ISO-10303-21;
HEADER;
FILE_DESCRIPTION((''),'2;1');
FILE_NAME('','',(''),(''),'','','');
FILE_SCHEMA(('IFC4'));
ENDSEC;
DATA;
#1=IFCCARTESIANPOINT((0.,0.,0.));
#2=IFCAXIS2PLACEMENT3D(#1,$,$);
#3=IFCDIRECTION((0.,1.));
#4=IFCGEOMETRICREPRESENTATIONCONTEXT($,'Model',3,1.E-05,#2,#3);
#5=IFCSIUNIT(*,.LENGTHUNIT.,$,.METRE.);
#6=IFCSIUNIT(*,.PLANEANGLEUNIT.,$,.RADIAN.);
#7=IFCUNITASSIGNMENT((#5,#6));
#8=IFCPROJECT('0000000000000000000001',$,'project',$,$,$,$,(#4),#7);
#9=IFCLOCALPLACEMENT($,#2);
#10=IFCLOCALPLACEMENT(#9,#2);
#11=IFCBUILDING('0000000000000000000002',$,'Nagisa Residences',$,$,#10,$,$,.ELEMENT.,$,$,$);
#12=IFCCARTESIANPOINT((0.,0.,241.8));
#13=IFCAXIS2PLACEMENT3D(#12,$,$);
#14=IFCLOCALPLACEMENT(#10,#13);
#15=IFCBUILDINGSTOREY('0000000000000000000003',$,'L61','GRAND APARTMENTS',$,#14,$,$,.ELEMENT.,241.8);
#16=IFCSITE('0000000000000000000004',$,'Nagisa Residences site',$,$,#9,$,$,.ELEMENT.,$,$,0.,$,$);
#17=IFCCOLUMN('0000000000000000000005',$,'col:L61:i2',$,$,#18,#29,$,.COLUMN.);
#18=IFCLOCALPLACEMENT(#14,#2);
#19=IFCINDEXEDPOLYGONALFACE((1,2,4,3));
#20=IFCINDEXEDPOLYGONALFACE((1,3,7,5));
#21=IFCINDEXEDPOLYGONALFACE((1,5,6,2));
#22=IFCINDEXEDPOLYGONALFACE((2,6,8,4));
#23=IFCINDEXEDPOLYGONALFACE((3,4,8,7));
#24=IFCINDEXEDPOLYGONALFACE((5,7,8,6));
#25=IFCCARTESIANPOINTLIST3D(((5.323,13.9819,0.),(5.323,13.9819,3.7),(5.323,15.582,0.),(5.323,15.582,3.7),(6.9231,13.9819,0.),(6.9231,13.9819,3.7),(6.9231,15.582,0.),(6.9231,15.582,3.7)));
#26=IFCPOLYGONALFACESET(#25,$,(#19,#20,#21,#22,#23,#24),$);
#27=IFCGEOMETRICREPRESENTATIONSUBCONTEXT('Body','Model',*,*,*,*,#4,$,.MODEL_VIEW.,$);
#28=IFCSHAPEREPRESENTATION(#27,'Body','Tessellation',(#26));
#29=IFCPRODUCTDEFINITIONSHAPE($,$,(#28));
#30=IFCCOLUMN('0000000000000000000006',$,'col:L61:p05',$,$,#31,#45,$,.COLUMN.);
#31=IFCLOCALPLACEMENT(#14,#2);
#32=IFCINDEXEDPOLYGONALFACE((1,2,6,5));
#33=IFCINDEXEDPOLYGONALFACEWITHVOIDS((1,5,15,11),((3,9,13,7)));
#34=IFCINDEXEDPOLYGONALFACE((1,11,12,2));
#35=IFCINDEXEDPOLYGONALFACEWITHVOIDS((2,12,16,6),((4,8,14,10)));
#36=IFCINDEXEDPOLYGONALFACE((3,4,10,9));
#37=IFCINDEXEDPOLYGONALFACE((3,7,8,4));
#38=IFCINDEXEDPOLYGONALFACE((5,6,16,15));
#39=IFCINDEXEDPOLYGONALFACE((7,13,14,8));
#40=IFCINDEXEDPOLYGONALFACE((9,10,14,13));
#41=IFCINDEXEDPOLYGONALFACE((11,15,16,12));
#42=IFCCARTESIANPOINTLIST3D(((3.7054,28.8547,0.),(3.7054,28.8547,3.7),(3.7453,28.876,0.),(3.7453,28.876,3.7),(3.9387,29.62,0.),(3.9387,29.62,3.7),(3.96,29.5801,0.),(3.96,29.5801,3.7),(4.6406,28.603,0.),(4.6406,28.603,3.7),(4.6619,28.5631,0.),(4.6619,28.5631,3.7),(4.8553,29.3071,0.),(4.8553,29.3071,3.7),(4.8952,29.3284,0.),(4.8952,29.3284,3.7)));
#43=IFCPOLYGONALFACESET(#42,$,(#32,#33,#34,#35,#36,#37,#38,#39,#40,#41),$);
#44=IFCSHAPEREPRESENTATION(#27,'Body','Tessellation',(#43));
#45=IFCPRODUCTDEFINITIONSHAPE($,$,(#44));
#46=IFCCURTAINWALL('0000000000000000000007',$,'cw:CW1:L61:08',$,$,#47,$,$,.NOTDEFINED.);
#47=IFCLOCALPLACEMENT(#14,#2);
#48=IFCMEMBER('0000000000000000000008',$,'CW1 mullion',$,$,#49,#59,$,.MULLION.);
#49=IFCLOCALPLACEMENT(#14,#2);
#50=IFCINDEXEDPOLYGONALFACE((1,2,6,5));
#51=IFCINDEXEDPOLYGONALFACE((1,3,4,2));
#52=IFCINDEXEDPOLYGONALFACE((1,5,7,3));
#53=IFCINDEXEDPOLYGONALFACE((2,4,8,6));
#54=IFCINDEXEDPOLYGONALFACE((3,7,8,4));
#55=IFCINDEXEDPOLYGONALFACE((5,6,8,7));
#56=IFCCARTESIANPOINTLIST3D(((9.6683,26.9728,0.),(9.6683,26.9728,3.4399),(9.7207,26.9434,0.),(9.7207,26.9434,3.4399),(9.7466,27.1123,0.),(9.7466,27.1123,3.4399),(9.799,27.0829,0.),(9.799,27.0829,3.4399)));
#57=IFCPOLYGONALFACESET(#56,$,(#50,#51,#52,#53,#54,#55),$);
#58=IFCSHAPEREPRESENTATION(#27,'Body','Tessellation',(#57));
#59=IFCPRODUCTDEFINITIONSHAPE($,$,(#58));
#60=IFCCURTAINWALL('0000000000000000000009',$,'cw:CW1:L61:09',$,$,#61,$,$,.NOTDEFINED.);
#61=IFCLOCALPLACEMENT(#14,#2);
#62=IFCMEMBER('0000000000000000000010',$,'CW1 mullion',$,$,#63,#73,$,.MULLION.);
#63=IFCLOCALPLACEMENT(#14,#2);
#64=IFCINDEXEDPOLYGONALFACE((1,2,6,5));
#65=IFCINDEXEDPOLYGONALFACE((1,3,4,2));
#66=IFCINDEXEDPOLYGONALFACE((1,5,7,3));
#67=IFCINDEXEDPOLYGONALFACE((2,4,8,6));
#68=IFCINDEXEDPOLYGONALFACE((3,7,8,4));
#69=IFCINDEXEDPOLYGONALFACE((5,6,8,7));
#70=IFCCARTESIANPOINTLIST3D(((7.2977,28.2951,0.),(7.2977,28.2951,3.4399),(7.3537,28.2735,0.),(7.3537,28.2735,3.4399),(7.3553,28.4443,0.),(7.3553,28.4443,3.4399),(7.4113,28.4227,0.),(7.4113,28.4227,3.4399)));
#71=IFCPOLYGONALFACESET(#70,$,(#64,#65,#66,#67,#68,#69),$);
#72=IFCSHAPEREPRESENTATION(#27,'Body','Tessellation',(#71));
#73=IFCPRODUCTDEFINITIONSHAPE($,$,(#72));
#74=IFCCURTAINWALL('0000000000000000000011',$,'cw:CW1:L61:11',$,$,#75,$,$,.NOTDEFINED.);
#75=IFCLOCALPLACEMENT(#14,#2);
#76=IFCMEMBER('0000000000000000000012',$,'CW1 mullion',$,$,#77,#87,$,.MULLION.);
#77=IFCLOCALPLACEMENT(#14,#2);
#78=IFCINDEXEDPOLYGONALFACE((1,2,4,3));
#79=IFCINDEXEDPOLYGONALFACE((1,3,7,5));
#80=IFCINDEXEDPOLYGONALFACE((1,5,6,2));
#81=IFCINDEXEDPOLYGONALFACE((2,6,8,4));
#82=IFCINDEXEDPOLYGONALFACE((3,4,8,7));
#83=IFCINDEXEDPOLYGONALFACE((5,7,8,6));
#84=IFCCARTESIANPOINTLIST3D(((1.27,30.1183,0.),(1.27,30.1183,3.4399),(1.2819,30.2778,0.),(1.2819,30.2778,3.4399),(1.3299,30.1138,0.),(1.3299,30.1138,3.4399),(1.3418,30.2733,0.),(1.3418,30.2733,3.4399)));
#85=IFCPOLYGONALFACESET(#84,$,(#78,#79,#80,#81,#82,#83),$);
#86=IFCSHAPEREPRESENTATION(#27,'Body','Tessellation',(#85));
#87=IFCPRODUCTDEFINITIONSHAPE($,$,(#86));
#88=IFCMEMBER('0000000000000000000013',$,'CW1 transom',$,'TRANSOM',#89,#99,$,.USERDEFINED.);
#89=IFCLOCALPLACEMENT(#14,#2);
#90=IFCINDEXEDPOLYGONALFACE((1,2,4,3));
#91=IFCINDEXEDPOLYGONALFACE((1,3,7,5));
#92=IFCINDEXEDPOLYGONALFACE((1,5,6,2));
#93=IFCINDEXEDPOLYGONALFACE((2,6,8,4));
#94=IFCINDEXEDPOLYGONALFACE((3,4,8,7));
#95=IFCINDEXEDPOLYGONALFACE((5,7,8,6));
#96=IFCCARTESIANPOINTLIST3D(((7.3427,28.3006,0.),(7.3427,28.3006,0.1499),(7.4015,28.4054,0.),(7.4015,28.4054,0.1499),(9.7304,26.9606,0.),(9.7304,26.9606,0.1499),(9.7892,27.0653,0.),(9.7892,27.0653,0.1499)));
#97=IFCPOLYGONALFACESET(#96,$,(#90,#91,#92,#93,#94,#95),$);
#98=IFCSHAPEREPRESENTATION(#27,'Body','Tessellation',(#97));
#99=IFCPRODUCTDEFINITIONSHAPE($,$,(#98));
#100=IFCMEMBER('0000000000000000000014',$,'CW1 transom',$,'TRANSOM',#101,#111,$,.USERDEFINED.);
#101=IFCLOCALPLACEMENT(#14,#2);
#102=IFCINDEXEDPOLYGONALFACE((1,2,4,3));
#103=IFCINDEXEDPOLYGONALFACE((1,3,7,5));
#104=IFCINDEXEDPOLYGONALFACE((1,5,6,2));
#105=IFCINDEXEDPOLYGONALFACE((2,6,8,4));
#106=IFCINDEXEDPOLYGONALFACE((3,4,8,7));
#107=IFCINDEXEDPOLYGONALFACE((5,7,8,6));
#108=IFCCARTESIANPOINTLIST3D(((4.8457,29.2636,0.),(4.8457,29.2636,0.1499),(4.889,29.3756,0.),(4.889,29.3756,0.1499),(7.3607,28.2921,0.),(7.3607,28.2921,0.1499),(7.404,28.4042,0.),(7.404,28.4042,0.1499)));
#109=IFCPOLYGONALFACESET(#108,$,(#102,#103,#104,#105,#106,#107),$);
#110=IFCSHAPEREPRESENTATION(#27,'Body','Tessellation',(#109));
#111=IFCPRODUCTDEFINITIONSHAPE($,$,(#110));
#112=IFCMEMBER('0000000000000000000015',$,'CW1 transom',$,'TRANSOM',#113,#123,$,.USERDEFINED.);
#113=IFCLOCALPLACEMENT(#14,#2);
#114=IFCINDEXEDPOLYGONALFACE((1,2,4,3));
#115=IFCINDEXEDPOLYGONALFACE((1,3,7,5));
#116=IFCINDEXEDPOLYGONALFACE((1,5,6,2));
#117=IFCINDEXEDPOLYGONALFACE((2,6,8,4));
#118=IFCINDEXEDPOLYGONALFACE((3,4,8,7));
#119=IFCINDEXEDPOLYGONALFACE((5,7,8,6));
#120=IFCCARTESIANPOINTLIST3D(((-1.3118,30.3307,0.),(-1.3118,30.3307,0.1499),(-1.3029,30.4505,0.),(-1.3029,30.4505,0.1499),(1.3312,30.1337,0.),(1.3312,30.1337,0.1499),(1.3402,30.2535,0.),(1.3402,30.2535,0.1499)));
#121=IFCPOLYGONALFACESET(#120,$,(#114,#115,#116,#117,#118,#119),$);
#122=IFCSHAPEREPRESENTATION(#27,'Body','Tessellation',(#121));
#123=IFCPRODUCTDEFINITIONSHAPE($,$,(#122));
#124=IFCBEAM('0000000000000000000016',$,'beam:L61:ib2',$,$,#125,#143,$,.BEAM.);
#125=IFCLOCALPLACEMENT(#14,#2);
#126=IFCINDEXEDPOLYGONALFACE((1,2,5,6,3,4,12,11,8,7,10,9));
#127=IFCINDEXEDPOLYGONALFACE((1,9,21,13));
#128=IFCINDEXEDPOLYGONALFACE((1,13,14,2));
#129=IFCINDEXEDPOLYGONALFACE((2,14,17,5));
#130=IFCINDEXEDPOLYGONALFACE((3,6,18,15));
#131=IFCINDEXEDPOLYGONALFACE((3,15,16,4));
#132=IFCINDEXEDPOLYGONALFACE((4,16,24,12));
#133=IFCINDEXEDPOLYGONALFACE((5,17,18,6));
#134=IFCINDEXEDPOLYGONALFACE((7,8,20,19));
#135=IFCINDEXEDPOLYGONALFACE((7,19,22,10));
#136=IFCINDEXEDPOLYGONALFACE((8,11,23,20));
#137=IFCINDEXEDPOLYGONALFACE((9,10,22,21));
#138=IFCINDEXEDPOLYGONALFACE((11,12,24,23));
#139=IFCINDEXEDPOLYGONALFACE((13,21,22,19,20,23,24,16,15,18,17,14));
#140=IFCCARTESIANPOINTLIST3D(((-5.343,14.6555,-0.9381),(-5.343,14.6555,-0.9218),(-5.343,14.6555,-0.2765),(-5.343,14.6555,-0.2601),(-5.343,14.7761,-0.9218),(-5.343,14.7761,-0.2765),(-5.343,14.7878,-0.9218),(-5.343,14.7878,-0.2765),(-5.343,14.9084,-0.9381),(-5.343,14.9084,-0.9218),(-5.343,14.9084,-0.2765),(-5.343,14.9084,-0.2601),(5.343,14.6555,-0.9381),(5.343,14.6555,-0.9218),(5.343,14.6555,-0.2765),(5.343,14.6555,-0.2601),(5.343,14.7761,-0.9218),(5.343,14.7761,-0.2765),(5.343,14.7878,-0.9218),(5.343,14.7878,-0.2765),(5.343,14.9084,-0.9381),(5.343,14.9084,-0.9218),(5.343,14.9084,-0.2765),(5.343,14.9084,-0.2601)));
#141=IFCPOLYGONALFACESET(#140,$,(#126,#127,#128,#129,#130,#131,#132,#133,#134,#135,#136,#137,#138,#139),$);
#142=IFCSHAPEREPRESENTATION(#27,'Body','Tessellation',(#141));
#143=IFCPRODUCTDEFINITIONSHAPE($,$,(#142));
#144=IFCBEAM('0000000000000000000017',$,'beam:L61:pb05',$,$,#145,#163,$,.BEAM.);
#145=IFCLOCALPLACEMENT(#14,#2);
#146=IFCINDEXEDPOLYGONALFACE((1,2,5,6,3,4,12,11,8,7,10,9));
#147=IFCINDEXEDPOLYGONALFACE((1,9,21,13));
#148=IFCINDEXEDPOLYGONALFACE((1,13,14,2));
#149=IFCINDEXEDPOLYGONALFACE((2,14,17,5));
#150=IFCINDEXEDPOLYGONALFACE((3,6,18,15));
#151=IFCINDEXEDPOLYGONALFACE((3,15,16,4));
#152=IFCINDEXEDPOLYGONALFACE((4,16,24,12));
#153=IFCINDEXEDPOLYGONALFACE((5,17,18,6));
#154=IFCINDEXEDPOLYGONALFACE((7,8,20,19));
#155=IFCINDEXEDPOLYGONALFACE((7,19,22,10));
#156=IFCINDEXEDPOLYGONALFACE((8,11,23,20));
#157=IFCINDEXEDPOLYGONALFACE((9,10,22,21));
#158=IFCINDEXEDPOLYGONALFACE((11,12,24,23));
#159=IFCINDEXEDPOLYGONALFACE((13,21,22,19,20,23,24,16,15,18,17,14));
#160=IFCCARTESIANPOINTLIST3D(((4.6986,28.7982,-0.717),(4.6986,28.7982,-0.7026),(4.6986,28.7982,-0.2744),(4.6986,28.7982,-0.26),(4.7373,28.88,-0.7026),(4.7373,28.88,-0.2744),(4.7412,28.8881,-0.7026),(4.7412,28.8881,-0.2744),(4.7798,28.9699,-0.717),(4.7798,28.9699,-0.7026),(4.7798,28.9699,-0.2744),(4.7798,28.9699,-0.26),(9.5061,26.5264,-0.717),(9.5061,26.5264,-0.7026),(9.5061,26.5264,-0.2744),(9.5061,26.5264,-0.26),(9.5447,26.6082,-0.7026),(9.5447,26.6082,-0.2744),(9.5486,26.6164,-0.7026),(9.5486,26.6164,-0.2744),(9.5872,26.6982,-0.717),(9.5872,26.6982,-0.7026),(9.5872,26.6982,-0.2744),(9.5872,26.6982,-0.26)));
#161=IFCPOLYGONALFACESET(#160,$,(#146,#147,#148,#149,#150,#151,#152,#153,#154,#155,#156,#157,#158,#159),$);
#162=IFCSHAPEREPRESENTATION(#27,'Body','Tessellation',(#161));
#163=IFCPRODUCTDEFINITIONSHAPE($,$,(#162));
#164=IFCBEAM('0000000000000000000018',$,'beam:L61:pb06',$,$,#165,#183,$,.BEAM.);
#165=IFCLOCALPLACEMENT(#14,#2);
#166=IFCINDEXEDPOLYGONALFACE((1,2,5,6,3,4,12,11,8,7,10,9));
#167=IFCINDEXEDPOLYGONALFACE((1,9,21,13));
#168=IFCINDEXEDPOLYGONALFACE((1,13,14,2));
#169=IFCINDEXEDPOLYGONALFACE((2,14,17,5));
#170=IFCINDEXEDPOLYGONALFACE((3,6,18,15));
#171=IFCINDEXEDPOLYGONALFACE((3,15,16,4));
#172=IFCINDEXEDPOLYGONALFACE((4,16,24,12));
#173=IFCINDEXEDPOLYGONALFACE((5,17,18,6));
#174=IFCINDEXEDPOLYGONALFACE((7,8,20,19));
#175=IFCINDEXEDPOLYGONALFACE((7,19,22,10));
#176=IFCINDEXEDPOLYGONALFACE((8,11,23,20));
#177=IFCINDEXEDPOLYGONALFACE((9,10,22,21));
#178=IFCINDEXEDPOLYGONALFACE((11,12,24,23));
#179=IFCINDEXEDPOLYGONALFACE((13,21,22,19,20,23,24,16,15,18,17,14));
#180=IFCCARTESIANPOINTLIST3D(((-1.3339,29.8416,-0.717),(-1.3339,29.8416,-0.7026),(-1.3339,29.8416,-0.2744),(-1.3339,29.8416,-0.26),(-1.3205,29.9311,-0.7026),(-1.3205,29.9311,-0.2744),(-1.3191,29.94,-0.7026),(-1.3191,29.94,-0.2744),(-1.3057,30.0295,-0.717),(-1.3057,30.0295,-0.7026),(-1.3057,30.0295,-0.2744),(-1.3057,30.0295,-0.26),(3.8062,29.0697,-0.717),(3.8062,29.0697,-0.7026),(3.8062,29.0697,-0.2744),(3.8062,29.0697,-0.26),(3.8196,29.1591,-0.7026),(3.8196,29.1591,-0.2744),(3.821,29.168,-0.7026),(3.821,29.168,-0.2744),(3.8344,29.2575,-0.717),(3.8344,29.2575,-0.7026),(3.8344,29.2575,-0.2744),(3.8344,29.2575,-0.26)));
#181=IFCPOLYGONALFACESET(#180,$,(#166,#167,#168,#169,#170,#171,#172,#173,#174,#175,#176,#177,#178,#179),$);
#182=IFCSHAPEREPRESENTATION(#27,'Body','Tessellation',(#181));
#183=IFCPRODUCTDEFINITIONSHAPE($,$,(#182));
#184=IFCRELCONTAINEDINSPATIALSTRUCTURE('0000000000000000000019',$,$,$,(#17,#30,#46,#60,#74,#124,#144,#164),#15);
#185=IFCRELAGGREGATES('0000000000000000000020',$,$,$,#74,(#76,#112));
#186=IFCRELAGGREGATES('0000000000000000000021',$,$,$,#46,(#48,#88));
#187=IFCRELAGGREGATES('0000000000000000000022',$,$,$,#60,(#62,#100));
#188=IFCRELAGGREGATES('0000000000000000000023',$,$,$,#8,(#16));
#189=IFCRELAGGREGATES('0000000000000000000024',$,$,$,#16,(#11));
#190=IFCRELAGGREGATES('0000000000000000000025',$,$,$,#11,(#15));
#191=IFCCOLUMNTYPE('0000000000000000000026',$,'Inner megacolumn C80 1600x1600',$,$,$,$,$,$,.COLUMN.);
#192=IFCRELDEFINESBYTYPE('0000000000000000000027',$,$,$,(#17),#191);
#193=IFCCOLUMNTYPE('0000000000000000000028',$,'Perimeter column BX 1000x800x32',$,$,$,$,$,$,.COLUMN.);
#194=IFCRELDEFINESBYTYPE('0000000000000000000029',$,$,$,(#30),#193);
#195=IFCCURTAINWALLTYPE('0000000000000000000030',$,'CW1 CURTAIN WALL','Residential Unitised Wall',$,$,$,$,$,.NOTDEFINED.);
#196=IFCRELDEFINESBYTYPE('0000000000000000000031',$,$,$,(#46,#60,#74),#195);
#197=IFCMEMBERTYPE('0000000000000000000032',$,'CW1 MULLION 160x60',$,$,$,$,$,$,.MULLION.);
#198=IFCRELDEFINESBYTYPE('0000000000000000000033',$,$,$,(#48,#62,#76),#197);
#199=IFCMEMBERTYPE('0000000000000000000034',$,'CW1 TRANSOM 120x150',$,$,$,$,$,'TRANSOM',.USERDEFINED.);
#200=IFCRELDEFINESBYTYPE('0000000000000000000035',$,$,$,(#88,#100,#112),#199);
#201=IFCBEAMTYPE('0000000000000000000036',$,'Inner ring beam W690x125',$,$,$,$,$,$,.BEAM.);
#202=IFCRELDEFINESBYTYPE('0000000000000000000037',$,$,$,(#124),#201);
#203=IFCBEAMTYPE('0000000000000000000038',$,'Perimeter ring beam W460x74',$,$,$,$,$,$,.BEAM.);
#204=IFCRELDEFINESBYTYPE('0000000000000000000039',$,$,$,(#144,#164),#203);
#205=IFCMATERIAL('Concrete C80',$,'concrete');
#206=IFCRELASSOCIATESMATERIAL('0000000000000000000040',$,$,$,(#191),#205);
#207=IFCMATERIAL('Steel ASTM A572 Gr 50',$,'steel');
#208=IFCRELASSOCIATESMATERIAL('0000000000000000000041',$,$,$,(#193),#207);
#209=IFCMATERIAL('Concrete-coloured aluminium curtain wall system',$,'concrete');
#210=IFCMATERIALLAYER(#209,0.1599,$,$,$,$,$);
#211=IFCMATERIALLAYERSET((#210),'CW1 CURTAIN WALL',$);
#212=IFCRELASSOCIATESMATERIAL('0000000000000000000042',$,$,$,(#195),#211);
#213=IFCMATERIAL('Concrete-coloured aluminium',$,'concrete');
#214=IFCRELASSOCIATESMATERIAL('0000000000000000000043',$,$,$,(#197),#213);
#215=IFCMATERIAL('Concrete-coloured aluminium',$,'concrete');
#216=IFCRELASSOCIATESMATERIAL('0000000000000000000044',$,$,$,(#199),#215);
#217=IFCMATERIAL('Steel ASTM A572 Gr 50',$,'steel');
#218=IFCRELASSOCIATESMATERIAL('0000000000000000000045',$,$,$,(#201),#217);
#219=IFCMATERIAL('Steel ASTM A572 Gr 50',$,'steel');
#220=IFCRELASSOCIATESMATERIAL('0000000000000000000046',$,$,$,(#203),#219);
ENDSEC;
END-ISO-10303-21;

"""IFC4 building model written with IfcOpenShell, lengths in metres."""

from ifc_helpers import new_model, si_unit, direction, frame, origin, origin_2d, place, context, subcontext, project, spatial, rectangle, hollow_rectangle, i_section, extrude, material, layer, layer_set, material_profile, profile_set, type_object, element, aggregate, save


model = new_model("IFC4")

# Units and contexts
model_context = context("Model", 3, precision=1e-05, world=origin(), true_north=direction((0.0, 1.0)))
body_context = subcontext(model_context, "Body", "Model", "MODEL_VIEW")
ifc_project = project(units=[si_unit("LENGTHUNIT", "METRE"), si_unit("PLANEANGLEUNIT", "RADIAN")], contexts=[model_context])

# Site, building, storey
site_placement = place(None, origin())
site = spatial("IfcSite", under=ifc_project, at=site_placement, Name="Nagisa Residences site", CompositionType="ELEMENT", RefElevation=0.0)
building_placement = place(site_placement, origin())
building = spatial("IfcBuilding", under=site, at=building_placement, Name="Nagisa Residences", CompositionType="ELEMENT")
storey_placement = place(building_placement, frame((0.0, 0.0, 241.8)))
storey = spatial("IfcBuildingStorey", under=building, at=storey_placement, Name="L61", Description="GRAND APARTMENTS", CompositionType="ELEMENT", Elevation=241.8)

# Columns
ifc_material_1 = material(Name="Concrete C80", Category="concrete")
ifc_material_profile_1 = material_profile(ifc_material_1, rectangle(XDim=1.6001, YDim=1.6001, at=origin_2d()), Name="C80 1600x1600")
ifc_profile_set_1 = profile_set([ifc_material_profile_1], Name="Concrete C80")
column_type_1 = type_object("IfcColumnType", Name="Inner megacolumn C80 1600x1600", PredefinedType="COLUMN", material=ifc_profile_set_1)
column_1_placement = place(storey_placement, frame((6.123, 14.782, 0.0), z_axis=(0.0, 0.0, 1.0), x_axis=(1.0, 0.0, 0.0)))
element("IfcColumn", 1, at=column_1_placement, inside=storey, type_object=column_type_1, Name="col:L61:i2", PredefinedType="COLUMN", context=body_context, shape_type="SweptSolid", body=[
    extrude(rectangle(XDim=1.6001, YDim=1.6001, at=origin_2d()), origin(), (0.0, 0.0, 1.0), 3.7),
])
ifc_material_2 = material(Name="Steel ASTM A572 Gr 50", Category="steel")
ifc_material_profile_2 = material_profile(ifc_material_2, hollow_rectangle(XDim=1.0, YDim=0.8, WallThickness=0.032, at=origin_2d()), Name="BX 1000x800x32")
ifc_profile_set_2 = profile_set([ifc_material_profile_2], Name="Steel ASTM A572 Gr 50")
column_type_2 = type_object("IfcColumnType", Name="Perimeter column BX 1000x800x32", PredefinedType="COLUMN", material=ifc_profile_set_2)
column_2_placement = place(storey_placement, frame((4.3003, 29.0916, 0.0), z_axis=(0.0, 0.0, 1.0), x_axis=(-0.956525, 0.291652, 0.0)))
element("IfcColumn", 2, at=column_2_placement, inside=storey, type_object=column_type_2, Name="col:L61:p05", PredefinedType="COLUMN", context=body_context, shape_type="SweptSolid", body=[
    extrude(hollow_rectangle(XDim=1.0, YDim=0.8, WallThickness=0.032, at=origin_2d()), origin(), (0.0, 0.0, 1.0), 3.7),
])

# Curtain walls, members
ifc_material_3 = material(Name="Concrete-coloured aluminium curtain wall system", Category="concrete")
ifc_layer_1 = layer(ifc_material_3, 0.1599)
ifc_layer_set_1 = layer_set([ifc_layer_1], Name="CW1 CURTAIN WALL")
curtain_wall_type = type_object("IfcCurtainWallType", Name="CW1 CURTAIN WALL", Description="Residential Unitised Wall", PredefinedType="NOTDEFINED", material=ifc_layer_set_1)
curtain_wall_1_placement = place(storey_placement, origin())
curtain_wall_1 = element("IfcCurtainWall", 3, at=curtain_wall_1_placement, inside=storey, type_object=curtain_wall_type, Name="cw:CW1:L61:08", PredefinedType="NOTDEFINED")
ifc_material_4 = material(Name="Concrete-coloured aluminium", Category="concrete")
ifc_material_profile_3 = material_profile(ifc_material_4, rectangle(XDim=0.1599, YDim=0.0601, at=origin_2d()), Name="CW1 MULLION 160x60")
ifc_profile_set_3 = profile_set([ifc_material_profile_3], Name="Concrete-coloured aluminium")
member_type_1 = type_object("IfcMemberType", Name="CW1 MULLION 160x60", PredefinedType="MULLION", material=ifc_profile_set_3)
member_1_placement = place(storey_placement, frame((9.7336, 27.0278, 0.0), z_axis=(0.0, 0.0, 1.0), x_axis=(-0.489377, -0.872072, 0.0)))
member_1 = element("IfcMember", 4, at=member_1_placement, type_object=member_type_1, Name="CW1 mullion", PredefinedType="MULLION", context=body_context, shape_type="SweptSolid", body=[
    extrude(rectangle(XDim=0.1599, YDim=0.0601, at=origin_2d()), origin(), (0.0, 0.0, 1.0), 3.4399),
])
curtain_wall_2_placement = place(storey_placement, origin())
curtain_wall_2 = element("IfcCurtainWall", 5, at=curtain_wall_2_placement, inside=storey, type_object=curtain_wall_type, Name="cw:CW1:L61:09", PredefinedType="NOTDEFINED")
member_2_placement = place(storey_placement, frame((7.3545, 28.3589, 0.0), z_axis=(0.0, 0.0, 1.0), x_axis=(-0.360328, -0.932826, 0.0)))
member_2 = element("IfcMember", 6, at=member_2_placement, type_object=member_type_1, Name="CW1 mullion", PredefinedType="MULLION", context=body_context, shape_type="SweptSolid", body=[
    extrude(rectangle(XDim=0.1599, YDim=0.0601, at=origin_2d()), origin(), (0.0, 0.0, 1.0), 3.4399),
])
curtain_wall_3_placement = place(storey_placement, origin())
curtain_wall_3 = element("IfcCurtainWall", 7, at=curtain_wall_3_placement, inside=storey, type_object=curtain_wall_type, Name="cw:CW1:L61:11", PredefinedType="NOTDEFINED")
member_3_placement = place(storey_placement, frame((1.3059, 30.1958, 0.0), z_axis=(0.0, 0.0, 1.0), x_axis=(-0.074377, -0.99723, 0.0)))
member_3 = element("IfcMember", 8, at=member_3_placement, type_object=member_type_1, Name="CW1 mullion", PredefinedType="MULLION", context=body_context, shape_type="SweptSolid", body=[
    extrude(rectangle(XDim=0.1599, YDim=0.0601, at=origin_2d()), origin(), (0.0, 0.0, 1.0), 3.4399),
])

# Members
ifc_material_5 = material(Name="Concrete-coloured aluminium", Category="concrete")
ifc_material_profile_4 = material_profile(ifc_material_5, rectangle(XDim=0.1201, YDim=0.1499, at=origin_2d()), Name="CW1 TRANSOM 120x150")
ifc_profile_set_4 = profile_set([ifc_material_profile_4], Name="Concrete-coloured aluminium")
member_type_2 = type_object("IfcMemberType", Name="CW1 TRANSOM 120x150", ElementType="TRANSOM", PredefinedType="USERDEFINED", material=ifc_profile_set_4)
member_4_placement = place(storey_placement, frame((9.7598, 27.0129, 0.075), z_axis=(-0.872042, 0.489431, 0.0), x_axis=(-0.489431, -0.872042, 0.0)))
member_4 = element("IfcMember", 9, at=member_4_placement, type_object=member_type_2, Name="CW1 transom", ObjectType="TRANSOM", PredefinedType="USERDEFINED", context=body_context, shape_type="SweptSolid", body=[
    extrude(rectangle(XDim=0.1201, YDim=0.1499, at=origin_2d()), origin(), (0.0, 0.0, 1.0), 2.738),
])
member_5_placement = place(storey_placement, frame((7.3823, 28.3481, 0.075), z_axis=(-0.932826, 0.360326, 0.0), x_axis=(-0.360326, -0.932826, 0.0)))
member_5 = element("IfcMember", 10, at=member_5_placement, type_object=member_type_2, Name="CW1 transom", ObjectType="TRANSOM", PredefinedType="USERDEFINED", context=body_context, shape_type="SweptSolid", body=[
    extrude(rectangle(XDim=0.1201, YDim=0.1499, at=origin_2d()), origin(), (0.0, 0.0, 1.0), 2.696),
])
member_6_placement = place(storey_placement, frame((1.3357, 30.1936, 0.075), z_axis=(-0.997233, 0.074337, 0.0), x_axis=(-0.074337, -0.997233, 0.0)))
member_6 = element("IfcMember", 11, at=member_6_placement, type_object=member_type_2, Name="CW1 transom", ObjectType="TRANSOM", PredefinedType="USERDEFINED", context=body_context, shape_type="SweptSolid", body=[
    extrude(rectangle(XDim=0.1201, YDim=0.1499, at=origin_2d()), origin(), (0.0, 0.0, 1.0), 2.6504),
])
aggregate(curtain_wall_3, [member_3, member_6])

# Beams
ifc_material_6 = material(Name="Steel ASTM A572 Gr 50", Category="steel")
ifc_material_profile_5 = material_profile(ifc_material_6, i_section(OverallWidth=0.2529, OverallDepth=0.678, WebThickness=0.0117, FlangeThickness=0.0164, at=origin_2d()), Name="W690x125")
ifc_profile_set_5 = profile_set([ifc_material_profile_5], Name="Steel ASTM A572 Gr 50")
beam_type_1 = type_object("IfcBeamType", Name="Inner ring beam W690x125", PredefinedType="BEAM", material=ifc_profile_set_5)
beam_1_placement = place(storey_placement, frame((5.343, 14.782, -0.5991), z_axis=(-1.0, 0.0, 0.0), x_axis=(0.0, -1.0, 0.0)))
element("IfcBeam", 12, at=beam_1_placement, inside=storey, type_object=beam_type_1, Name="beam:L61:ib2", PredefinedType="BEAM", context=body_context, shape_type="SweptSolid", body=[
    extrude(i_section(OverallWidth=0.2529, OverallDepth=0.678, WebThickness=0.0117, FlangeThickness=0.0164, at=origin_2d()), origin(), (0.0, 0.0, 1.0), 10.686),
])
ifc_material_7 = material(Name="Steel ASTM A572 Gr 50", Category="steel")
ifc_material_profile_6 = material_profile(ifc_material_7, i_section(OverallWidth=0.1899, OverallDepth=0.457, WebThickness=0.009, FlangeThickness=0.0144, at=origin_2d()), Name="W460x74")
ifc_profile_set_6 = profile_set([ifc_material_profile_6], Name="Steel ASTM A572 Gr 50")
beam_type_2 = type_object("IfcBeamType", Name="Perimeter ring beam W460x74", PredefinedType="BEAM", material=ifc_profile_set_6)
beam_2_placement = place(storey_placement, frame((9.5466, 26.6123, -0.4885), z_axis=(-0.904134, 0.427249, 0.0), x_axis=(-0.427249, -0.904134, 0.0)))
element("IfcBeam", 13, at=beam_2_placement, inside=storey, type_object=beam_type_2, Name="beam:L61:pb05", PredefinedType="BEAM", context=body_context, shape_type="SweptSolid", body=[
    extrude(i_section(OverallWidth=0.1899, OverallDepth=0.457, WebThickness=0.009, FlangeThickness=0.0144, at=origin_2d()), origin(), (0.0, 0.0, 1.0), 5.3171),
])
beam_3_placement = place(storey_placement, frame((3.8203, 29.1636, -0.4885), z_axis=(-0.988909, 0.14852, 0.0), x_axis=(-0.14852, -0.988909, 0.0)))
element("IfcBeam", 14, at=beam_3_placement, inside=storey, type_object=beam_type_2, Name="beam:L61:pb06", PredefinedType="BEAM", context=body_context, shape_type="SweptSolid", body=[
    extrude(i_section(OverallWidth=0.1899, OverallDepth=0.457, WebThickness=0.009, FlangeThickness=0.0144, at=origin_2d()), origin(), (0.0, 0.0, 1.0), 5.1978),
])

aggregate(curtain_wall_1, [member_1, member_4])
aggregate(curtain_wall_2, [member_2, member_5])

save(model, "model.ifc")
